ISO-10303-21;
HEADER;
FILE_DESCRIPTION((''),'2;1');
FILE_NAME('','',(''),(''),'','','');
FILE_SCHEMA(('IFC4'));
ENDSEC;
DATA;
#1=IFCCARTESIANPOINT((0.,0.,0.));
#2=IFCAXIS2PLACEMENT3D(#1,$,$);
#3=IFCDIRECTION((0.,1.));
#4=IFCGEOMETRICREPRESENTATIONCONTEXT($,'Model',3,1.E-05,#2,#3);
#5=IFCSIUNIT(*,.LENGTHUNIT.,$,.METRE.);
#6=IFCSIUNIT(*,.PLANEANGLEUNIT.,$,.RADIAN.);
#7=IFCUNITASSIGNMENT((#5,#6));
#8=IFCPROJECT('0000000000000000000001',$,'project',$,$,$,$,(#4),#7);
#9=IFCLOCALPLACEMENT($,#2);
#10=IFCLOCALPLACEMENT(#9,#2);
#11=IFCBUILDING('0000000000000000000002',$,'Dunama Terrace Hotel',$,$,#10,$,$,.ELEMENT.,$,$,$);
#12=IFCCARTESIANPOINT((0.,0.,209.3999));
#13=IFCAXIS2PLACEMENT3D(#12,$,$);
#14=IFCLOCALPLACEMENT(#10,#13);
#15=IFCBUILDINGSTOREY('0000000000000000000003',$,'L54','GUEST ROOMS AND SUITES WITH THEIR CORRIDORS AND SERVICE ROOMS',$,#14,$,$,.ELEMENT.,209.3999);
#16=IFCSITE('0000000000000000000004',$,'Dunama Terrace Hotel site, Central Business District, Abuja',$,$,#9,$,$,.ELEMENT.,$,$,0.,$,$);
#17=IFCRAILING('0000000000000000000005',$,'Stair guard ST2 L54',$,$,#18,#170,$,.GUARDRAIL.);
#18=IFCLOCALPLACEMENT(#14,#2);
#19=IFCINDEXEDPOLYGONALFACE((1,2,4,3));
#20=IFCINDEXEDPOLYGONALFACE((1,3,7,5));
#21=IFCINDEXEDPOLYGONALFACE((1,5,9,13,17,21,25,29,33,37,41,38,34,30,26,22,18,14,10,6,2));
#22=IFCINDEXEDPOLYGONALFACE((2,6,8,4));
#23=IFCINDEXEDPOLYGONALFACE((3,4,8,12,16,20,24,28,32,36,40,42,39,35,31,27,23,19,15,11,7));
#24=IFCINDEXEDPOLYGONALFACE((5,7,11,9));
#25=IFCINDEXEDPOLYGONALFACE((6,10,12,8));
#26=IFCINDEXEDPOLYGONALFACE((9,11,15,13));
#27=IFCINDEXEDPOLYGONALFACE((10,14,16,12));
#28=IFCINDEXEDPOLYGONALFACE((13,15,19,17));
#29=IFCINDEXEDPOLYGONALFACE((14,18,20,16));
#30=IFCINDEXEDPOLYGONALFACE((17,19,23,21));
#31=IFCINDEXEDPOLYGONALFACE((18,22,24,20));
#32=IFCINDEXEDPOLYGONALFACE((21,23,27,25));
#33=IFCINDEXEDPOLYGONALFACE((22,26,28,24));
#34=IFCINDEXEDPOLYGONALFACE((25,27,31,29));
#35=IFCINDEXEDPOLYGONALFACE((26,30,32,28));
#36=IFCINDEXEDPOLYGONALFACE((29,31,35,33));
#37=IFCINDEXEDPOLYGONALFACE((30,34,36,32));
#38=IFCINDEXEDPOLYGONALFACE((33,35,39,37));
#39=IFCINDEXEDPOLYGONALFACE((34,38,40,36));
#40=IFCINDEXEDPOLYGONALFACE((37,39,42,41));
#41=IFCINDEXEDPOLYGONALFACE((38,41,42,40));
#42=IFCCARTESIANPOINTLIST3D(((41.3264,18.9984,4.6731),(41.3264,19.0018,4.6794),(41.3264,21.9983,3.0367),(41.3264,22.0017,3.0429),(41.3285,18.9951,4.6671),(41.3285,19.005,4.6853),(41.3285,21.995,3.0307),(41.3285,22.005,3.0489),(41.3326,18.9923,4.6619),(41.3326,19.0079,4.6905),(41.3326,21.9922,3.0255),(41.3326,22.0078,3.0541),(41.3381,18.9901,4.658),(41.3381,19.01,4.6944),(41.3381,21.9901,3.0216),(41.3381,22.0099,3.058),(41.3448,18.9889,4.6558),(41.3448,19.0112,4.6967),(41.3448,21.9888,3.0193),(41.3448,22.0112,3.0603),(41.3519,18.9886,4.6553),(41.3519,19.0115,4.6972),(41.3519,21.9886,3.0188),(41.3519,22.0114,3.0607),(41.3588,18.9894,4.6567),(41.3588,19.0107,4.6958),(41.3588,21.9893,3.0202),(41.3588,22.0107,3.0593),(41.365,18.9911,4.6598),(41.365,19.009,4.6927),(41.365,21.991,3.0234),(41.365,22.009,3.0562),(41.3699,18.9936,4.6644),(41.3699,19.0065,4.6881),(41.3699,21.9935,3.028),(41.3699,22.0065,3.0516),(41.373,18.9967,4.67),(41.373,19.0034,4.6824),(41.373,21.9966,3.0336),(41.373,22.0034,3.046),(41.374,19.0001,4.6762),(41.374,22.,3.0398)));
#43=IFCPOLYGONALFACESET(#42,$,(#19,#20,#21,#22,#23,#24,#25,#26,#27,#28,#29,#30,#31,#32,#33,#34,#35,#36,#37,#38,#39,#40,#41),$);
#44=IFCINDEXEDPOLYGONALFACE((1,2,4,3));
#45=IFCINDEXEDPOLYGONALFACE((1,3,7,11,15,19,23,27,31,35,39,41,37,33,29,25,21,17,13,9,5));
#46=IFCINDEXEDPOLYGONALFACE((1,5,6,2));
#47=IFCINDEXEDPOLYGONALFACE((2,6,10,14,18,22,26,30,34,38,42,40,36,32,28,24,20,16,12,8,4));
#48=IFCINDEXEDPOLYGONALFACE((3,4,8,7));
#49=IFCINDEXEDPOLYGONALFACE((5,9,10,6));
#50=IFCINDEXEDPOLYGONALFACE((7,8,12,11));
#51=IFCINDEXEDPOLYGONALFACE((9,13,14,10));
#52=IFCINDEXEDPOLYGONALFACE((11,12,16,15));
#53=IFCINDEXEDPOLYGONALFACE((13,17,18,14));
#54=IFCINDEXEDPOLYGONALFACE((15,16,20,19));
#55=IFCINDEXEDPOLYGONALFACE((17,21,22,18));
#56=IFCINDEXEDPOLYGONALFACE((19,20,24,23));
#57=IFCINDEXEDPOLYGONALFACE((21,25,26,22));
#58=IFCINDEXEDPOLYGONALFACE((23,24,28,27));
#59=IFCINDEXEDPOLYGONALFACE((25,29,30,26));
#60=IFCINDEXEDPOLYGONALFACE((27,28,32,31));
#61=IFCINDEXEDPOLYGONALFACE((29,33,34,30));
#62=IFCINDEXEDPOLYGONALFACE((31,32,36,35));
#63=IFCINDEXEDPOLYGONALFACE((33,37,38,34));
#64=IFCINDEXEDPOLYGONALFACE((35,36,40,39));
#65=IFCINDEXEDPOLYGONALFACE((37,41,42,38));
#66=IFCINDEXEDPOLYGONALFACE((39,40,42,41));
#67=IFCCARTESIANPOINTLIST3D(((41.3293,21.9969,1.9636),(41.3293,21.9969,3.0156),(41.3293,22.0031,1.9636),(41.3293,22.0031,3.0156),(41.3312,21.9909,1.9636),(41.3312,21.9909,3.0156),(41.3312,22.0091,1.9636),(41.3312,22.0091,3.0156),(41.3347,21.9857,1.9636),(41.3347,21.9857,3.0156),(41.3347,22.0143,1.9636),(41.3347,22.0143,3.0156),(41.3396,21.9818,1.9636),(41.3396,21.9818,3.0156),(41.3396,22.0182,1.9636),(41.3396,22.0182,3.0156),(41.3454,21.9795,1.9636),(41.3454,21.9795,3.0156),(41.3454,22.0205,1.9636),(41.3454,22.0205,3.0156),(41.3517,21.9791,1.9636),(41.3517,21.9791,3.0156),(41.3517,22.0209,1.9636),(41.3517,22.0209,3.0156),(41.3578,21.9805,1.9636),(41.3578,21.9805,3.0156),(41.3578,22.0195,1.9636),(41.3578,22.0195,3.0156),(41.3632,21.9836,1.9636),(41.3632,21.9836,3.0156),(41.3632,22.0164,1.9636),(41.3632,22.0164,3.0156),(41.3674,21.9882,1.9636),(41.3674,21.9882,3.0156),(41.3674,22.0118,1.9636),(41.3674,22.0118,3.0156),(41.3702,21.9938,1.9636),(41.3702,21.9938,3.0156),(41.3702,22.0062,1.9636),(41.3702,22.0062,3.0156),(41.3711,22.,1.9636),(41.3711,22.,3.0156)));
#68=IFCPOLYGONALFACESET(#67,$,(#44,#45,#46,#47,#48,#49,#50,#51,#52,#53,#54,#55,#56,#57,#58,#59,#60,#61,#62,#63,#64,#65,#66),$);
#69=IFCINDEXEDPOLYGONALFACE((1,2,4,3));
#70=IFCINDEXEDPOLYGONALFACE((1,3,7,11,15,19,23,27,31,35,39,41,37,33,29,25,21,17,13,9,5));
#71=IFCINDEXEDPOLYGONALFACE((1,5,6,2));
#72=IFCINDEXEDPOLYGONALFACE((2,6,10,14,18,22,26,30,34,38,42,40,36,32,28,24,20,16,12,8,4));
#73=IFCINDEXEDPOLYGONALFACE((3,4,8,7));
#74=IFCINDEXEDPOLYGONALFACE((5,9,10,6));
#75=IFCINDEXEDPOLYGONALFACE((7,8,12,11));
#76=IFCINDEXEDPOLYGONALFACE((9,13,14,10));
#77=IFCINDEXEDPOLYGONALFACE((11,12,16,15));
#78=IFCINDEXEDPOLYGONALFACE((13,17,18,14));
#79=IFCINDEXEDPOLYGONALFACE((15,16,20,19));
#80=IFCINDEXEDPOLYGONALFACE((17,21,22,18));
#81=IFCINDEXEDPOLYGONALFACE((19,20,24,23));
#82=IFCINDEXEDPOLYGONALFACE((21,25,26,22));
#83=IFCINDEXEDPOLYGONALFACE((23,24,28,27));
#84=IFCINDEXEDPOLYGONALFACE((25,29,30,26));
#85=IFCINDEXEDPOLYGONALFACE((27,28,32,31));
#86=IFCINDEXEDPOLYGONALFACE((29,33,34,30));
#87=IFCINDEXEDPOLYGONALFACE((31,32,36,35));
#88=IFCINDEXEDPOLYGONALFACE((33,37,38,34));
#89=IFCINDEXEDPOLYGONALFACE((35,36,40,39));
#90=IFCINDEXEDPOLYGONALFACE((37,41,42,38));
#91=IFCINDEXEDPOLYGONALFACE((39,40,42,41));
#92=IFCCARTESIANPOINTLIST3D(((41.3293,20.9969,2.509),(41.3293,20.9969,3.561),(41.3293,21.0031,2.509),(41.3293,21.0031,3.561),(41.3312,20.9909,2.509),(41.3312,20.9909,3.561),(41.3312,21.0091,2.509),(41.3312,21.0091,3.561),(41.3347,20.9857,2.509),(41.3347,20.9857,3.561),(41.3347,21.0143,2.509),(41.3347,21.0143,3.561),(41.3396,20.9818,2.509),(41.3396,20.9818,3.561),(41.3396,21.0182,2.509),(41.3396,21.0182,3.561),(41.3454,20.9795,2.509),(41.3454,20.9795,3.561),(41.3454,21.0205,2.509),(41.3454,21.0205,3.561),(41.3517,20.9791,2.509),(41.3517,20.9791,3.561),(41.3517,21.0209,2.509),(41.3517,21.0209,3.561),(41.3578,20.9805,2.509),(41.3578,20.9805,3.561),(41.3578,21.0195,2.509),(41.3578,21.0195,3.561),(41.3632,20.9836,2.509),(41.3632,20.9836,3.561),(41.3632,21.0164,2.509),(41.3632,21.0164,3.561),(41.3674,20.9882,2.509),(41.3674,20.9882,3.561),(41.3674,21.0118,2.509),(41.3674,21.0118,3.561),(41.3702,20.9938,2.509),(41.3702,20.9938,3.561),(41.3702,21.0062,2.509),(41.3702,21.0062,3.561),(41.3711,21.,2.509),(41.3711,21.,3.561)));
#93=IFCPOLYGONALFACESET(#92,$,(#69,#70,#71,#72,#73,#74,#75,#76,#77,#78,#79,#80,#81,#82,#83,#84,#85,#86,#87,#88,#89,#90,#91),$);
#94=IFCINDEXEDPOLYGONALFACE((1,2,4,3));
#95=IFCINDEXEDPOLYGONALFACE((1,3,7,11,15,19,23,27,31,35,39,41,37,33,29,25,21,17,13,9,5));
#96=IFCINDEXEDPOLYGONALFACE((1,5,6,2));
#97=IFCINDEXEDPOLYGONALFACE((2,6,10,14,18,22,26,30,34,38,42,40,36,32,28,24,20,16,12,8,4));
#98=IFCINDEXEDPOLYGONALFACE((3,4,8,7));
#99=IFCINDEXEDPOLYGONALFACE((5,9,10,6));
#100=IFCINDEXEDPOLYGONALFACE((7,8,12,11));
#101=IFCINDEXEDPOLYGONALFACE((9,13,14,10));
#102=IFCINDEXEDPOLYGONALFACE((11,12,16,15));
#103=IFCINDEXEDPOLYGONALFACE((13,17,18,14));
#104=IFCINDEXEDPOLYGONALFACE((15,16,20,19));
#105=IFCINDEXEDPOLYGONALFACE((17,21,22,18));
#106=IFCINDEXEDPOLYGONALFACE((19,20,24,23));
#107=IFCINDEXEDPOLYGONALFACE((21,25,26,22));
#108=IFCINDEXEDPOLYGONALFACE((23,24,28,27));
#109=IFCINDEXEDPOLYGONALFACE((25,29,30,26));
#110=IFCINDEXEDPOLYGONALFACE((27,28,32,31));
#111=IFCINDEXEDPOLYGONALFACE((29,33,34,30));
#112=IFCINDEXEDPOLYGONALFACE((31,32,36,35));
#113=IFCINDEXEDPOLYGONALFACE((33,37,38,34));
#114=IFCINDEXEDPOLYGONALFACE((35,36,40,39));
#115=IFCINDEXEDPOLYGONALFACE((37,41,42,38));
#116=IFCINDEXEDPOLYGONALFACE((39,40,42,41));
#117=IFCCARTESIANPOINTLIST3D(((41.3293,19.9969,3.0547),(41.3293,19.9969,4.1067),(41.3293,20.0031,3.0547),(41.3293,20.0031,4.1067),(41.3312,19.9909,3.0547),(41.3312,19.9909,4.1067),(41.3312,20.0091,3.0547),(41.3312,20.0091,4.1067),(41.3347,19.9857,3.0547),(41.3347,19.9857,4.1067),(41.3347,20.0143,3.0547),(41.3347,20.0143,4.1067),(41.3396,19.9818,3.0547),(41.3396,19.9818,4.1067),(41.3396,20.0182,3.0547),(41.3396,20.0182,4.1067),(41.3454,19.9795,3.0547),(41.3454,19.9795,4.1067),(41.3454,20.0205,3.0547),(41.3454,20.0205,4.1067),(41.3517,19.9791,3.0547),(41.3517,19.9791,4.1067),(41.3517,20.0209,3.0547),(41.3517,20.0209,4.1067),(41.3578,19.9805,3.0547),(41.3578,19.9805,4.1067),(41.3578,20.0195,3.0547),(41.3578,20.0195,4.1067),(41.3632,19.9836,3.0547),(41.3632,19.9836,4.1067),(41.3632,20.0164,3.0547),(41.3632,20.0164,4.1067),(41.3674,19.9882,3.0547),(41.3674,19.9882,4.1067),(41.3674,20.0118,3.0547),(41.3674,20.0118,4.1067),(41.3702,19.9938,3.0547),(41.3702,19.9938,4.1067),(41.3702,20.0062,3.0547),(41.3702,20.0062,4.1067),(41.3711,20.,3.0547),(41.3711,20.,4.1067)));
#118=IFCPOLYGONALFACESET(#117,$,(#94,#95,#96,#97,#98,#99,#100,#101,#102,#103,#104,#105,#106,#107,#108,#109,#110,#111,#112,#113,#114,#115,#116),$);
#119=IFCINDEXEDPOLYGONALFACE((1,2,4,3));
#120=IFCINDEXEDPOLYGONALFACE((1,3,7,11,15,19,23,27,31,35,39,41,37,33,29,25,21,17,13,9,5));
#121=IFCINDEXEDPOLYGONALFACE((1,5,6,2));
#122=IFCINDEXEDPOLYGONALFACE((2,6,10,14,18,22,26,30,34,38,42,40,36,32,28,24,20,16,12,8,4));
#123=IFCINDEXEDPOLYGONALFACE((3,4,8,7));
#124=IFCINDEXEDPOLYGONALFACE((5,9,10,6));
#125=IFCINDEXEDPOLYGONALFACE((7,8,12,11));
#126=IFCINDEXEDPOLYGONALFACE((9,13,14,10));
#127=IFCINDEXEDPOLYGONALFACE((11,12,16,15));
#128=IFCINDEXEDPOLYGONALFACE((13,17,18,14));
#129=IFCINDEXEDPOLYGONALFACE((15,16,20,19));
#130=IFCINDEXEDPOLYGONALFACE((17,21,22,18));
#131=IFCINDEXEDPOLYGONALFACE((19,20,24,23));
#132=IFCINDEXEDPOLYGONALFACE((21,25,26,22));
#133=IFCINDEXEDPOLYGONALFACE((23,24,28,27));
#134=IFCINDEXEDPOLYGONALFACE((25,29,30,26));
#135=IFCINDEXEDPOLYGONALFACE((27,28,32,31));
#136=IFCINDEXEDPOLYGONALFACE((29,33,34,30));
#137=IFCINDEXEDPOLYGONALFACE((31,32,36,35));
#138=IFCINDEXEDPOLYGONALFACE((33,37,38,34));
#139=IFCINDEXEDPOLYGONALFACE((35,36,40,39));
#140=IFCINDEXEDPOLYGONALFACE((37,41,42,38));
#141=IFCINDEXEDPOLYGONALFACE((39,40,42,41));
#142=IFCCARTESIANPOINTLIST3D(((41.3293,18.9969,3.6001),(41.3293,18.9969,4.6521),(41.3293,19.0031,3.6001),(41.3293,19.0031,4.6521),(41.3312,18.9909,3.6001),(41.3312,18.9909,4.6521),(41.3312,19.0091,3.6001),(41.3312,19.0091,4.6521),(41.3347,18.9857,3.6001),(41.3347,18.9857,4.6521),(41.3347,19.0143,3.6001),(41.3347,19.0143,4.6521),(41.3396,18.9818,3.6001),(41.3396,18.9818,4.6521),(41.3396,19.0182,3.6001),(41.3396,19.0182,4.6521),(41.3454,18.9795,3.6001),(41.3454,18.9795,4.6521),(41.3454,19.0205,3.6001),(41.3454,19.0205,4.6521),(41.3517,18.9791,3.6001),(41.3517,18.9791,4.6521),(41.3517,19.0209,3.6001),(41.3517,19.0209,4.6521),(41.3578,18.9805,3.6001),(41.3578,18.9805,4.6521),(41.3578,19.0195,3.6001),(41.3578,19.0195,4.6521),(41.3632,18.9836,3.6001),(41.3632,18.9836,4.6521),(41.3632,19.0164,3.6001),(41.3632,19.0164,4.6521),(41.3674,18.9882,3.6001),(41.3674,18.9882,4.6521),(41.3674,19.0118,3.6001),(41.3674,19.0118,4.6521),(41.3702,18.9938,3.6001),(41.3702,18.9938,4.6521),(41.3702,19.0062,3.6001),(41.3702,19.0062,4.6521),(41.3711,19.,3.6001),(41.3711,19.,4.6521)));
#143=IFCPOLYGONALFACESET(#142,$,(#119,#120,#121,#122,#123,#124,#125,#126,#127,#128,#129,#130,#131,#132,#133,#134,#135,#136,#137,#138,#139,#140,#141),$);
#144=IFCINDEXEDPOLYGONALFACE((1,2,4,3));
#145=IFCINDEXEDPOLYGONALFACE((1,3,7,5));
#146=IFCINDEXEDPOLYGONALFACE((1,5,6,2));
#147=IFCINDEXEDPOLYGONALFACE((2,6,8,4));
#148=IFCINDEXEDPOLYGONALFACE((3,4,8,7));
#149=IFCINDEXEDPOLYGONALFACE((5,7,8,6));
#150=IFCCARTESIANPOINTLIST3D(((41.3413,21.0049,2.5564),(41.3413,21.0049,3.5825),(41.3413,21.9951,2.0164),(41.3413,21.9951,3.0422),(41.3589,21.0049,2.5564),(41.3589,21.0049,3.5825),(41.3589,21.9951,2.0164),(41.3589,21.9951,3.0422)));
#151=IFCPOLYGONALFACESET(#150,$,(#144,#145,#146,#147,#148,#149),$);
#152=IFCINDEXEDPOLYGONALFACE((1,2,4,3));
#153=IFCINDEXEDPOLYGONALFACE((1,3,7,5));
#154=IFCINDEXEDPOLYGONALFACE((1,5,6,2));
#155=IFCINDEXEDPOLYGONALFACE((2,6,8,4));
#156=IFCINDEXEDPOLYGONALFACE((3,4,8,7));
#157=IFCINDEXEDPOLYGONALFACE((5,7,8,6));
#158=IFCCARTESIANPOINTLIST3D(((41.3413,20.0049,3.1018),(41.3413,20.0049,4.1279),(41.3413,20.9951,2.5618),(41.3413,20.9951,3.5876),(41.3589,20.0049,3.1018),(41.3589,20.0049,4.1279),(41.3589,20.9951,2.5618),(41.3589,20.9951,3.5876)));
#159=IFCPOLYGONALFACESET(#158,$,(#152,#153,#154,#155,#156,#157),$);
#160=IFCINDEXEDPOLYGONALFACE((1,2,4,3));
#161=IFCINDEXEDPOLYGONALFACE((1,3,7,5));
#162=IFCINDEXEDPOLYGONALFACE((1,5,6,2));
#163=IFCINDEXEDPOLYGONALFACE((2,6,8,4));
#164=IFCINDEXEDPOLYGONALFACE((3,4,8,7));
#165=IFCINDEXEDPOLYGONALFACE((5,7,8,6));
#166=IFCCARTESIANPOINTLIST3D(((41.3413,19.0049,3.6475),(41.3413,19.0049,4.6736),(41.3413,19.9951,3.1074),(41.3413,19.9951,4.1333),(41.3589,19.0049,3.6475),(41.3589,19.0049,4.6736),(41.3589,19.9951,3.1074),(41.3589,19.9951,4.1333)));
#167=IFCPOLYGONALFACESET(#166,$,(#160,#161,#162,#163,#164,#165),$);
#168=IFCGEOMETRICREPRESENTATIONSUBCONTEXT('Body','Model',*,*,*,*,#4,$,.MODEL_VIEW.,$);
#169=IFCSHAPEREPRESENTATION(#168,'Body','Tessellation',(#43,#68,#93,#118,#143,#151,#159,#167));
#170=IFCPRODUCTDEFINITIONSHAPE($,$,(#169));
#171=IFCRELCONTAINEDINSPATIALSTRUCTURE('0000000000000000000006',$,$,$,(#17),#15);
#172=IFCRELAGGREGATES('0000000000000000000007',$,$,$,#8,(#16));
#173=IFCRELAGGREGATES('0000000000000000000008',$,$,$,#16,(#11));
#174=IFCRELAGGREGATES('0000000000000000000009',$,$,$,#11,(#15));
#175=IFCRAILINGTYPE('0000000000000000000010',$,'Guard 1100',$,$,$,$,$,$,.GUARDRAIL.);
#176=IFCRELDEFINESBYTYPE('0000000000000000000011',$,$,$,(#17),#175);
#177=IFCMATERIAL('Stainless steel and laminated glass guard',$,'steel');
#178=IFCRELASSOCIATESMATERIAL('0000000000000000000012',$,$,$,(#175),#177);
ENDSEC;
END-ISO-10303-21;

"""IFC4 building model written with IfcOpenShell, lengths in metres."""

from ifc_helpers import new_model, si_unit, direction, frame, origin, origin_2d, place, context, subcontext, project, spatial, polyline, circle, outline, extrude, material, type_object, element, save


model = new_model("IFC4")

# Units and contexts
model_context = context("Model", 3, precision=1e-05, world=origin(), true_north=direction((0.0, 1.0)))
body_context = subcontext(model_context, "Body", "Model", "MODEL_VIEW")
ifc_project = project(units=[si_unit("LENGTHUNIT", "METRE"), si_unit("PLANEANGLEUNIT", "RADIAN")], contexts=[model_context])

# Site, building, storey
site_placement = place(None, origin())
site = spatial("IfcSite", under=ifc_project, at=site_placement, Name="Dunama Terrace Hotel site, Central Business District, Abuja", CompositionType="ELEMENT", RefElevation=0.0)
building_placement = place(site_placement, origin())
building = spatial("IfcBuilding", under=site, at=building_placement, Name="Dunama Terrace Hotel", CompositionType="ELEMENT")
storey_placement = place(building_placement, frame((0.0, 0.0, 209.3999)))
storey = spatial("IfcBuildingStorey", under=building, at=storey_placement, Name="L54", Description="GUEST ROOMS AND SUITES WITH THEIR CORRIDORS AND SERVICE ROOMS", CompositionType="ELEMENT", Elevation=209.3999)

# Railing
ifc_material_1 = material(Name="Stainless steel and laminated glass guard", Category="steel")
railing_type_1 = type_object("IfcRailingType", Name="Guard 1100", PredefinedType="GUARDRAIL", material=ifc_material_1)
railing_1_placement = place(storey_placement, frame((41.3501, 22.0, 1.9636)))
element("IfcRailing", 1, at=railing_1_placement, inside=storey, type_object=railing_type_1, Name="Stair guard ST2 L54", PredefinedType="GUARDRAIL", context=body_context, shape_type="SweptSolid", body=[
    extrude(circle(Radius=0.0239, at=origin_2d()), frame((0.0, 0.0, 1.0762), z_axis=(0.0, -0.877882, 0.478877), x_axis=(1.0, 0.0, 0.0)), (0.0, 0.0, 1.0), 3.4172),
    extrude(circle(Radius=0.021, at=origin_2d()), origin(), (0.0, 0.0, 1.0), 1.052),
    extrude(circle(Radius=0.021, at=origin_2d()), frame((0.0, -1.0, 0.5454)), (0.0, 0.0, 1.0), 1.052),
    extrude(circle(Radius=0.021, at=origin_2d()), frame((0.0, -2.0, 1.0911)), (0.0, 0.0, 1.0), 1.052),
    extrude(circle(Radius=0.021, at=origin_2d()), frame((0.0, -3.0, 1.6365)), (0.0, 0.0, 1.0), 1.052),
    extrude(outline(polyline([(0.0049, 0.0527), (0.9951, 0.5928), (0.9951, 1.6189), (0.0049, 1.0786), (0.0049, 0.0527)])), frame((0.0088, 0.0, 0.0), z_axis=(-1.0, 0.0, 0.0), x_axis=(0.0, -1.0, 0.0)), (0.0, 0.0, 1.0), 0.0176),
    extrude(outline(polyline([(0.0049, 0.0527), (0.9951, 0.5928), (0.9951, 1.6189), (0.0049, 1.0786), (0.0049, 0.0527)])), frame((0.0088, -1.0, 0.5454), z_axis=(-1.0, 0.0, 0.0), x_axis=(0.0, -1.0, 0.0)), (0.0, 0.0, 1.0), 0.0176),
    extrude(outline(polyline([(0.0049, 0.0527), (0.9951, 0.5928), (0.9951, 1.6189), (0.0049, 1.0786), (0.0049, 0.0527)])), frame((0.0088, -2.0, 1.0911), z_axis=(-1.0, 0.0, 0.0), x_axis=(0.0, -1.0, 0.0)), (0.0, 0.0, 1.0), 0.0176),
])

save(model, "model.ifc")
